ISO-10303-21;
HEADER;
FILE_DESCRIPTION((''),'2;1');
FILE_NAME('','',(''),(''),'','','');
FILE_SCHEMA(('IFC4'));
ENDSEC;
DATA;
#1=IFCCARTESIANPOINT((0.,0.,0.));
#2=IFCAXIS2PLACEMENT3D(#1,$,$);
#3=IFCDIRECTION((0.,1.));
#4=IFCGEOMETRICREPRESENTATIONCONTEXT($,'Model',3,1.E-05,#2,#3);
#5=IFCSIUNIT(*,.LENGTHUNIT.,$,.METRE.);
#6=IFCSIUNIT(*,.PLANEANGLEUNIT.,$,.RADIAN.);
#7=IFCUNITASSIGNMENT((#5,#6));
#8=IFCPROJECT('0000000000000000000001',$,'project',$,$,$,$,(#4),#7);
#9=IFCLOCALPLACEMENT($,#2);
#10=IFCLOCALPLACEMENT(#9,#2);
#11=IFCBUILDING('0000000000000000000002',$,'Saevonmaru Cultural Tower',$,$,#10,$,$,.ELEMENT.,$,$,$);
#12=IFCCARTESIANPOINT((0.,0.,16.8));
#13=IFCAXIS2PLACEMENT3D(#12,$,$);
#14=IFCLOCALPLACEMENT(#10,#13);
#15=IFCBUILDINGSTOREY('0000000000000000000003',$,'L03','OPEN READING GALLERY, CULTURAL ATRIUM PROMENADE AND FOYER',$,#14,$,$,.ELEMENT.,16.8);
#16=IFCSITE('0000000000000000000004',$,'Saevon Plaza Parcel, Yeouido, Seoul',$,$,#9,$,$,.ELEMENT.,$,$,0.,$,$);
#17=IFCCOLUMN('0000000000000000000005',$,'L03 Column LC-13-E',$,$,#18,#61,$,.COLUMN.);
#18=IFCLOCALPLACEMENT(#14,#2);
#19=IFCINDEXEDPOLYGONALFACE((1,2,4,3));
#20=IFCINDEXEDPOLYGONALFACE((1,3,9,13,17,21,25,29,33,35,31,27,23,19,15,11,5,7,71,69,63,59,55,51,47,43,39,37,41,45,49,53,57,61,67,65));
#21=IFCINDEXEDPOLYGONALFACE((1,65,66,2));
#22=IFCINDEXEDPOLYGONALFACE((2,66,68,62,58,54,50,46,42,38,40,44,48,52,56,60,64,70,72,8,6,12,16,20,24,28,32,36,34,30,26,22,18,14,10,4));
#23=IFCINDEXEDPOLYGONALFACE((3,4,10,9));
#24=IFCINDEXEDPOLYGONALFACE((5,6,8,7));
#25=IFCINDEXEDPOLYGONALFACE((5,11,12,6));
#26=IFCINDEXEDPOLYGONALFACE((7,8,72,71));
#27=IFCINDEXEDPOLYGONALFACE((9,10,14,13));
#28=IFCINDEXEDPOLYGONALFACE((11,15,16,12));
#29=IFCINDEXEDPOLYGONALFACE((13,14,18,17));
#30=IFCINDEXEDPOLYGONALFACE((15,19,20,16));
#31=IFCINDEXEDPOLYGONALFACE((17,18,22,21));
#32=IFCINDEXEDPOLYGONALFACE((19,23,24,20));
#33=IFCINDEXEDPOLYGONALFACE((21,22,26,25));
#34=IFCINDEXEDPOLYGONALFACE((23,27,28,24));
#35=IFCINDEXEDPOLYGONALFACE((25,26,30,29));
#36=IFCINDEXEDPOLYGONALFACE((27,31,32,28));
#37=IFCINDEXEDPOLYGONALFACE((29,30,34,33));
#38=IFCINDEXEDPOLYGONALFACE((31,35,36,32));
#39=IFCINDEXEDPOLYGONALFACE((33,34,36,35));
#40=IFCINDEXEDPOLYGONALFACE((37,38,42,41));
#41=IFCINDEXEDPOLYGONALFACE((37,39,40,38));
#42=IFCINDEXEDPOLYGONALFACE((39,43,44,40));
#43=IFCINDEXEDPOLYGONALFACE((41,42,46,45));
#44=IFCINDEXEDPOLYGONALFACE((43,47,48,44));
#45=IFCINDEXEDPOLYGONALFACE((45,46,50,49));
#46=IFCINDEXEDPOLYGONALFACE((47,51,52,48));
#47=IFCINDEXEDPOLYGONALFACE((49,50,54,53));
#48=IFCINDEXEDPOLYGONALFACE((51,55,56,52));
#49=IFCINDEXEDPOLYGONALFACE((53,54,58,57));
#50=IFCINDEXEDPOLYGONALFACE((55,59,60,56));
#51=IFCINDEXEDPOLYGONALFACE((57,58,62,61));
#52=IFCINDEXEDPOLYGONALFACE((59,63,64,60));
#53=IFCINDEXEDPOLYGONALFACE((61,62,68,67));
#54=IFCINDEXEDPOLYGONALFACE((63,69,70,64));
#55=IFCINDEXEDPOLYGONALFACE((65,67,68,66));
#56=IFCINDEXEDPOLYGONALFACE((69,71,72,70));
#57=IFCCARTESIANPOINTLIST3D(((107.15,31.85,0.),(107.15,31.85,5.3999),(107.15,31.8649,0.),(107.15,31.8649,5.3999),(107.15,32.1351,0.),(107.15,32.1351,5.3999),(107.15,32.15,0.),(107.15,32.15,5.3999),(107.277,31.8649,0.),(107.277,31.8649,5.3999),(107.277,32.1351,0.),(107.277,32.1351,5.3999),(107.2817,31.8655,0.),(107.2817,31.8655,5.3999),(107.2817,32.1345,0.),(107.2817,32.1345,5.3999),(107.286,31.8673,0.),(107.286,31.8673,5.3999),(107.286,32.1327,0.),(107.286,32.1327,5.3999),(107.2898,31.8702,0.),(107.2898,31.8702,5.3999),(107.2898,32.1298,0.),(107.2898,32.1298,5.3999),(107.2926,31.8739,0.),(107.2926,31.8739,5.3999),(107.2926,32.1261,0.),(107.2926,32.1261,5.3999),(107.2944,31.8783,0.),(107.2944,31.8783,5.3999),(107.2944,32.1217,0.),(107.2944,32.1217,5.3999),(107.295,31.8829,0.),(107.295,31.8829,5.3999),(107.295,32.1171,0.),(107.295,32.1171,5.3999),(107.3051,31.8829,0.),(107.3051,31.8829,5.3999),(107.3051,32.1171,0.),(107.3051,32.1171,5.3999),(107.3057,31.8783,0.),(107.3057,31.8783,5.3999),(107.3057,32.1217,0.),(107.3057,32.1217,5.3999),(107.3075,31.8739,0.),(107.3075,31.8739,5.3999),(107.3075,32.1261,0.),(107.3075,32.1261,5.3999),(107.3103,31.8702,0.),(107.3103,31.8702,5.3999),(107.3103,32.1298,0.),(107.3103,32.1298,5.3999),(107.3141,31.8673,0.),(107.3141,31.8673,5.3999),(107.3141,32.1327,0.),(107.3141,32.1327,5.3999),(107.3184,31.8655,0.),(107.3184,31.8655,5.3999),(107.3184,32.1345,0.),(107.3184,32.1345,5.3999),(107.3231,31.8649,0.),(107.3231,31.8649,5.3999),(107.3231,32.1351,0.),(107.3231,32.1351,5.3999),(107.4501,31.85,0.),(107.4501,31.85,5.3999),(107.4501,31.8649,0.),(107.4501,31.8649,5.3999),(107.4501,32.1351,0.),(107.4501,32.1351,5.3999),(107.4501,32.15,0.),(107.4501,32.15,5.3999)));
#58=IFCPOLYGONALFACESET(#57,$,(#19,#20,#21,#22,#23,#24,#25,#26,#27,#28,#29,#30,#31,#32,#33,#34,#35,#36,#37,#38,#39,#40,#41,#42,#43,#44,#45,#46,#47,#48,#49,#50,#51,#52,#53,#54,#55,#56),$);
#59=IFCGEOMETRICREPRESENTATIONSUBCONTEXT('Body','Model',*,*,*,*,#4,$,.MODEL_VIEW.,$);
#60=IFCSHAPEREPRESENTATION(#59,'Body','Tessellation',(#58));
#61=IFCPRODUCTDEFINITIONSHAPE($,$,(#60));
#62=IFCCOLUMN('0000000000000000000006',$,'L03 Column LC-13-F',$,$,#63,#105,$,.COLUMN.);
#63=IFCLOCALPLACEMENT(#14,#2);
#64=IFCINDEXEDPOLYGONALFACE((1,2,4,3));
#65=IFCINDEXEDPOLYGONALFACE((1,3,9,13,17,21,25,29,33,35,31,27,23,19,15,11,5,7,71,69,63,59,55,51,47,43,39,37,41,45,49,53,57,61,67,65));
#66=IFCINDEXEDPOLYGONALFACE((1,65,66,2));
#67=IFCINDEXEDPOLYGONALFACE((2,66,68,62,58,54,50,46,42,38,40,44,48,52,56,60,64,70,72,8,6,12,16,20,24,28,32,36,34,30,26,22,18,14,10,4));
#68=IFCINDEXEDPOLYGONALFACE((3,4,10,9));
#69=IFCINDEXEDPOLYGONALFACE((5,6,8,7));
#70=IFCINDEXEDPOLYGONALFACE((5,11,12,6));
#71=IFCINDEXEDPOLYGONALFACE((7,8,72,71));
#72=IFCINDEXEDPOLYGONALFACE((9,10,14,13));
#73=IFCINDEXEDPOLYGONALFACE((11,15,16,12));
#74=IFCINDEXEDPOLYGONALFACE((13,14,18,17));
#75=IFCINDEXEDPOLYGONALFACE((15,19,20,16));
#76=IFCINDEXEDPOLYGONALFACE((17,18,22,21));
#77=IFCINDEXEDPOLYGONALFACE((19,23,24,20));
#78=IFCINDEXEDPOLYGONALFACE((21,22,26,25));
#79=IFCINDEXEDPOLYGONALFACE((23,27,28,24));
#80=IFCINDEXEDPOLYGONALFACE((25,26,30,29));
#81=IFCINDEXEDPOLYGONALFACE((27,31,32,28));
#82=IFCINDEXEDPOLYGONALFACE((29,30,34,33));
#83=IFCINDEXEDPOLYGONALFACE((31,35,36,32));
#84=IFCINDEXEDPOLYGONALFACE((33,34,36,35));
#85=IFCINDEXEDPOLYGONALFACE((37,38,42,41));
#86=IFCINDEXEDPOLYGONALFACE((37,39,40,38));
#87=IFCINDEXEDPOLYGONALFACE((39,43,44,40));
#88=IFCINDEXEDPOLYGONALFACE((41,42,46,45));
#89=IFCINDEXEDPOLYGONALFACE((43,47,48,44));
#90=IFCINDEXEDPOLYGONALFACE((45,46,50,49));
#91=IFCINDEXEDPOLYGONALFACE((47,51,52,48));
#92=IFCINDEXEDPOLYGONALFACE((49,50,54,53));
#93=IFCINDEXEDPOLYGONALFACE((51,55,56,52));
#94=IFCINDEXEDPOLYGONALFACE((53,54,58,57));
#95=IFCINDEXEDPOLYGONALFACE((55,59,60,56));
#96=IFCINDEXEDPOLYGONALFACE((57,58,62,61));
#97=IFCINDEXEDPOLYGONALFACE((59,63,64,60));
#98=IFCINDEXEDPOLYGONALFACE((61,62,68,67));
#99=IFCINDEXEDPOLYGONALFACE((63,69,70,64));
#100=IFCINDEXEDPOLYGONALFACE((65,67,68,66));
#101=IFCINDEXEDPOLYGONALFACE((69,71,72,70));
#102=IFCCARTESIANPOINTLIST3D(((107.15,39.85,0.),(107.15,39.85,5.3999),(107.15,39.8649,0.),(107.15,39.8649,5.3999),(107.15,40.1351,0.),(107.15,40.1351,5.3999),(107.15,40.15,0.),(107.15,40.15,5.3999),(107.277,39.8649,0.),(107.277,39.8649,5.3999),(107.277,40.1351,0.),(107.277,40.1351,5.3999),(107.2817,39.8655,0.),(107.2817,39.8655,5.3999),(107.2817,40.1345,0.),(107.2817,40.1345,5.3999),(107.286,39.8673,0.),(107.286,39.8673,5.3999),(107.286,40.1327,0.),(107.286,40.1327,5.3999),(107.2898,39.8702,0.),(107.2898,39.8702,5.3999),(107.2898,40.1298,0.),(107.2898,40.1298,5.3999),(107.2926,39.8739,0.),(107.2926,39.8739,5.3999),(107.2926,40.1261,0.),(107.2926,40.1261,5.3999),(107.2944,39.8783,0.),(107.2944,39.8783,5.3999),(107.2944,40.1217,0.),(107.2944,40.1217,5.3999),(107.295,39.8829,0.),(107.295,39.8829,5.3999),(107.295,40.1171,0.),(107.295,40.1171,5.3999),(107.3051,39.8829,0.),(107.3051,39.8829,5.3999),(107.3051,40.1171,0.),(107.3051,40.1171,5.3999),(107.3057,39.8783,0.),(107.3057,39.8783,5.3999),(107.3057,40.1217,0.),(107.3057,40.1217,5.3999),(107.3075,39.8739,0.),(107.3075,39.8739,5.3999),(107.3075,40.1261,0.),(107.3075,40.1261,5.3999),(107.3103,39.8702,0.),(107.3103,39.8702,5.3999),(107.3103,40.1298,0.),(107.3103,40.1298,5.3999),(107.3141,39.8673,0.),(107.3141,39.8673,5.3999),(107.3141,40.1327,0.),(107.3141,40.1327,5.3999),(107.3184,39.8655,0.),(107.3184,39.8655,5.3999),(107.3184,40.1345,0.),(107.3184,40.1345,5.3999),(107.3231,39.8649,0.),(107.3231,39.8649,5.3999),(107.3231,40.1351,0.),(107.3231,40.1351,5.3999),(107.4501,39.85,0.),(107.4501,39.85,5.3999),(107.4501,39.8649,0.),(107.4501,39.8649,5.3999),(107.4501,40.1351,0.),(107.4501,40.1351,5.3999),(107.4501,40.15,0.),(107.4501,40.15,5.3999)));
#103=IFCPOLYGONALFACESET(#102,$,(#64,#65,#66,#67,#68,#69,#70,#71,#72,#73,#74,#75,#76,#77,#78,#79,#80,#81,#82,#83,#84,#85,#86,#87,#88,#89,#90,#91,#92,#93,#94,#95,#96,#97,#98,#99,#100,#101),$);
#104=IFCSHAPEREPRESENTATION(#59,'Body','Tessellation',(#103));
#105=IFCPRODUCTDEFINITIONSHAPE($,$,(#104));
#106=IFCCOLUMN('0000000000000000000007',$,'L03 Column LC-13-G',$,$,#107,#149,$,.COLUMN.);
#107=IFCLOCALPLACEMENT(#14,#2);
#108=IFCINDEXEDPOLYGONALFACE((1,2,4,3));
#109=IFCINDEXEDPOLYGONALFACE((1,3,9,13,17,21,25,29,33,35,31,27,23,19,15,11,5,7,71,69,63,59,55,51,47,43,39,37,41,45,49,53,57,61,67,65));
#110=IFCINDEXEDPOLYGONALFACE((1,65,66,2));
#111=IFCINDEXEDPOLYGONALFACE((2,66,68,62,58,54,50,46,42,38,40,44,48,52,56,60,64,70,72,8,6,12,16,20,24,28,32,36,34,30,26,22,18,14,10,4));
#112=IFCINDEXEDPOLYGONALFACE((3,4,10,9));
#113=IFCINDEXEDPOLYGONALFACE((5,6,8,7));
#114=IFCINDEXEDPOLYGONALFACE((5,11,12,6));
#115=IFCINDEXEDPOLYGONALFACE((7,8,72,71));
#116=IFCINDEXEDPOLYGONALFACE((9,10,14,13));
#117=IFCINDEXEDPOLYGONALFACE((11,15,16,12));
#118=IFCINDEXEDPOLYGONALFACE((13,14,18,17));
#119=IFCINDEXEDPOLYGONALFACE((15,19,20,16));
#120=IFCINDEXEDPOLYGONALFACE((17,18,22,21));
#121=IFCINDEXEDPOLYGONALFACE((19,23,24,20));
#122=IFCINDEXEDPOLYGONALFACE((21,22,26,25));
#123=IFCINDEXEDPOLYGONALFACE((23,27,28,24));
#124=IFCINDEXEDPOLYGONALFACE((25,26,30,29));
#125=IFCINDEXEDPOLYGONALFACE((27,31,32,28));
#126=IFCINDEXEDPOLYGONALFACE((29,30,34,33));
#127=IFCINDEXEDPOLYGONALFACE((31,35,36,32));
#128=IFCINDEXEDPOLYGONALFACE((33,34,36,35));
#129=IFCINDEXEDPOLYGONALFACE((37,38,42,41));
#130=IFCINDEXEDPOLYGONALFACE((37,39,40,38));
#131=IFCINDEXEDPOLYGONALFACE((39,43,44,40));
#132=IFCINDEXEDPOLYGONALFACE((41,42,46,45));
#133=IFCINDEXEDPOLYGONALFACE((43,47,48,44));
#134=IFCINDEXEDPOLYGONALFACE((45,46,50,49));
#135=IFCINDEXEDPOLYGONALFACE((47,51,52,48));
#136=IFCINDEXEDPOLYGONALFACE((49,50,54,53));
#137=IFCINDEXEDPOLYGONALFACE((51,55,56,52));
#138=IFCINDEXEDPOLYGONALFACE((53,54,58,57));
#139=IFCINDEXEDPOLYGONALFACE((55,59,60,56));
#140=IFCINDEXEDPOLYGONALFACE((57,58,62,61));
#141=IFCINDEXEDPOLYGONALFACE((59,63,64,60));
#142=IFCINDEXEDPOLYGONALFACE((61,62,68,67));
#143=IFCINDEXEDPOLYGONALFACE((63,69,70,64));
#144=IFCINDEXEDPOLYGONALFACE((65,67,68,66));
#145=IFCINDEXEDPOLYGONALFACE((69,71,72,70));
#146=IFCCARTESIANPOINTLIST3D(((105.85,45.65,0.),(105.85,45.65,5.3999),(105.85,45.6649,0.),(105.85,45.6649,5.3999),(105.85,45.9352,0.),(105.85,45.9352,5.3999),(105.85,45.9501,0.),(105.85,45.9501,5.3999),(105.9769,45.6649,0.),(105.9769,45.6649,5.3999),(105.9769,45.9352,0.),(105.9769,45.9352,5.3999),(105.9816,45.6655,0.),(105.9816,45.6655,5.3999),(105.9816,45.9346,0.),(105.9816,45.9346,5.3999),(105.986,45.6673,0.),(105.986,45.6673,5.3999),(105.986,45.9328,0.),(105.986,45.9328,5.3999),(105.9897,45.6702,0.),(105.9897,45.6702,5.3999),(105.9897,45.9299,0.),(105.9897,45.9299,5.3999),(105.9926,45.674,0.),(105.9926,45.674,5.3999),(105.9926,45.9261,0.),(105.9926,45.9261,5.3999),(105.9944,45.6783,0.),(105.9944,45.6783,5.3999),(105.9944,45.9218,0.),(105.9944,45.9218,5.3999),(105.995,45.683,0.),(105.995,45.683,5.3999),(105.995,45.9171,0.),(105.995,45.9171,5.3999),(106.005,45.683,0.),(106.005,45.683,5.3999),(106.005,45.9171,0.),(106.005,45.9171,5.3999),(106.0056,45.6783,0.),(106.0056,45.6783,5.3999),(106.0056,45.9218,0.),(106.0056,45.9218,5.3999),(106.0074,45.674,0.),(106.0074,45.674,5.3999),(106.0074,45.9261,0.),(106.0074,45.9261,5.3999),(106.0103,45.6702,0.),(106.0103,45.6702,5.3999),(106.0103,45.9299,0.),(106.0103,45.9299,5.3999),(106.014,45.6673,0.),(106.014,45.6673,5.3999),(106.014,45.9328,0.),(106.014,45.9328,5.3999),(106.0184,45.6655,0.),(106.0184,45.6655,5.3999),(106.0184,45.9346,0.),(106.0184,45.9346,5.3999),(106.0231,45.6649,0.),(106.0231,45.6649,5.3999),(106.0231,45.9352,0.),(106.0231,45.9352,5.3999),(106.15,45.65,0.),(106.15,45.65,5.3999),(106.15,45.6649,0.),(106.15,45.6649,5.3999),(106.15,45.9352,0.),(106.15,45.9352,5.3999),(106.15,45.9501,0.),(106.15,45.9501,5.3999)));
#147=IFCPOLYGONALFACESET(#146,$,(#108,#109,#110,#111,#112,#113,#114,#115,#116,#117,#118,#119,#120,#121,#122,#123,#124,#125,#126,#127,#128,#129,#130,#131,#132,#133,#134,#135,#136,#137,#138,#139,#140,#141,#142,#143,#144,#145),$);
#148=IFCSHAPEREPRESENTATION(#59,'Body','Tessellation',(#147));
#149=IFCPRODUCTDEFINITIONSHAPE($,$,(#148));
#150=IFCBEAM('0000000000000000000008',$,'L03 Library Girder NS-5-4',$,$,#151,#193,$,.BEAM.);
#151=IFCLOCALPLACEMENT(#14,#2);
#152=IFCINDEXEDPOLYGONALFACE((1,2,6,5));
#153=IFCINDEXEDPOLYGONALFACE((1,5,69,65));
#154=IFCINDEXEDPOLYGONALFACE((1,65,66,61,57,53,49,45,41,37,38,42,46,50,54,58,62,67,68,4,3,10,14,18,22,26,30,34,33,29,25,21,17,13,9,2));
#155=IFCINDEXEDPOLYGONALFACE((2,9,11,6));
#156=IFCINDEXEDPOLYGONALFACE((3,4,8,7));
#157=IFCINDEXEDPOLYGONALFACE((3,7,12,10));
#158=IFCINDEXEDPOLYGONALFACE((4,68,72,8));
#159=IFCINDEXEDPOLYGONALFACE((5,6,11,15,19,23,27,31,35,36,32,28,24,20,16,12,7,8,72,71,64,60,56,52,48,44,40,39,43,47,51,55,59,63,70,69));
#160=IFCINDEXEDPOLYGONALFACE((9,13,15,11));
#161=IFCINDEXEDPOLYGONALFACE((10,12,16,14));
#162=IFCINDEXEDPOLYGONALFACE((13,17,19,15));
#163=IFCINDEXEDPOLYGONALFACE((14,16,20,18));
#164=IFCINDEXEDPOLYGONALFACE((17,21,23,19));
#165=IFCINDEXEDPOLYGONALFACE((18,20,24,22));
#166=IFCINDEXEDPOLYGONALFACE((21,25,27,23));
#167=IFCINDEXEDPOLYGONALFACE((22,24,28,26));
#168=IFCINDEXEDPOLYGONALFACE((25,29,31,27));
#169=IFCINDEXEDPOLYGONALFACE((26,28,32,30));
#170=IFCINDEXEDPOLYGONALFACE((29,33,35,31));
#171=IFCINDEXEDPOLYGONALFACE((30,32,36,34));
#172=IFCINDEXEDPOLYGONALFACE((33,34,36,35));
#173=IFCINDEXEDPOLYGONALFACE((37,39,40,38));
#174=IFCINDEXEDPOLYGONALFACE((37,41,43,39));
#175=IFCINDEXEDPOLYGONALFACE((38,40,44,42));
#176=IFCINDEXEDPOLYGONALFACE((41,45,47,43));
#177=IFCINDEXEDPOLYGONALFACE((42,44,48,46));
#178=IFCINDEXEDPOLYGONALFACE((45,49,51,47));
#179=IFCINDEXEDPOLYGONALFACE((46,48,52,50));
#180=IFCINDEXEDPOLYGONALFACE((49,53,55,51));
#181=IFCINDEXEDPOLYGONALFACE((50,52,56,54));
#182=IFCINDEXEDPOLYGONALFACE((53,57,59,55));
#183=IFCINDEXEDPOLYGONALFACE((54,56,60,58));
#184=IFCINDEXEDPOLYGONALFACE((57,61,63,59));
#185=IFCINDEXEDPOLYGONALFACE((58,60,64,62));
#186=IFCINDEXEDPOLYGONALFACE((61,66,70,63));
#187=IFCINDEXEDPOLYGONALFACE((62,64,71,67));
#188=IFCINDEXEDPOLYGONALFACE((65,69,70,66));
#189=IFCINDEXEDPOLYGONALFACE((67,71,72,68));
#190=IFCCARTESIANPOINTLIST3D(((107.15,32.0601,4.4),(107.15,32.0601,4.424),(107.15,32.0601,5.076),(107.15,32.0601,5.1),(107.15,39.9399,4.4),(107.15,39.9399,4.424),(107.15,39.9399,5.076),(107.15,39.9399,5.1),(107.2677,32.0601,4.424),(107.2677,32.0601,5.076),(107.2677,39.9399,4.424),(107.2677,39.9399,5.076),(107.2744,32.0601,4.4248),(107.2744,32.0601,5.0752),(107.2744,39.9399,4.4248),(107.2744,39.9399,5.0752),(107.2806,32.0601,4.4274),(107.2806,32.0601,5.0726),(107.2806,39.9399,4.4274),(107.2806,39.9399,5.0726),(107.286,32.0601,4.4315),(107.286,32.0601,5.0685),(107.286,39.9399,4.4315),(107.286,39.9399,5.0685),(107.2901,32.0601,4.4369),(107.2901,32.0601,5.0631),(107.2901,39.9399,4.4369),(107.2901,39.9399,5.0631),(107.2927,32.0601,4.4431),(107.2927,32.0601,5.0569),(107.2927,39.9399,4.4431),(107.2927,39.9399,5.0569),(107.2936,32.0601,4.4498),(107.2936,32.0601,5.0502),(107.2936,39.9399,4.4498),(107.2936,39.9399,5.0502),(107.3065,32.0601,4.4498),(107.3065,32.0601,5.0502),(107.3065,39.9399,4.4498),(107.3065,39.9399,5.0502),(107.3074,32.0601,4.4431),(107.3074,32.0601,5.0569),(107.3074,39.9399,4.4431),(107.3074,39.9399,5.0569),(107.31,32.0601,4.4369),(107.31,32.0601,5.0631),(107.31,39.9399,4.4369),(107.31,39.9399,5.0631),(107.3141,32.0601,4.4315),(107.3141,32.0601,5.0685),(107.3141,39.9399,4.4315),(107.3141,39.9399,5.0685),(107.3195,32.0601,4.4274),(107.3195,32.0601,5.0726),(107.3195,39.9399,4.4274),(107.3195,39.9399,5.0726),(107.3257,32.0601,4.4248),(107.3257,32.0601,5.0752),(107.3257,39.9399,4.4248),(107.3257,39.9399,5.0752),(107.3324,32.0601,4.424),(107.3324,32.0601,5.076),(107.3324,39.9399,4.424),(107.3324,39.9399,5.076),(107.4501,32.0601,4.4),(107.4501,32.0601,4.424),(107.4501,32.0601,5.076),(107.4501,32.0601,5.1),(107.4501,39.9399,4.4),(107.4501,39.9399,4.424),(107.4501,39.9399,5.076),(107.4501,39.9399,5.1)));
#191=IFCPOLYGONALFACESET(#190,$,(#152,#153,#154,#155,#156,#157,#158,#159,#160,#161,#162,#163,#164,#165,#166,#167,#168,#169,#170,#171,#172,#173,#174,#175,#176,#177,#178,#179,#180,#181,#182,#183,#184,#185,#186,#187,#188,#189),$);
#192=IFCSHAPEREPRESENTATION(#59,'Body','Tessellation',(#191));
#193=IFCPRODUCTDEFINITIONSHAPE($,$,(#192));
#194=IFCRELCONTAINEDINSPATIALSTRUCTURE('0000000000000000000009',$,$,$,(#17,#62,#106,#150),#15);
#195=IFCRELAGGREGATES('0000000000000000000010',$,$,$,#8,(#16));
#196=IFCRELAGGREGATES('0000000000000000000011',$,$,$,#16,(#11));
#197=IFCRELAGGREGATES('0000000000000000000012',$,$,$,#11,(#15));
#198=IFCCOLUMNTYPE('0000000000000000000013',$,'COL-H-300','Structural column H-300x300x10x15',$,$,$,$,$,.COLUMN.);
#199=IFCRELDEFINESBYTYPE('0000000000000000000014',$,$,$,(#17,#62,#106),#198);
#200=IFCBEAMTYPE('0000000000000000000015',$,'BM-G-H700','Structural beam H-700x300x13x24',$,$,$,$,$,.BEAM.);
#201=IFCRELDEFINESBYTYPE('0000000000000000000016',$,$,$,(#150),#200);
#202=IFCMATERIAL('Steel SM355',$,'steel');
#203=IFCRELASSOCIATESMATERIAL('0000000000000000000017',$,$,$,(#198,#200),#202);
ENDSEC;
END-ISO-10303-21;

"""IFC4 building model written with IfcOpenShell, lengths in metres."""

from ifc_helpers import new_model, si_unit, direction, frame, origin, origin_2d, place, context, subcontext, project, spatial, i_section, extrude, material, material_profile, profile_set, type_object, element, save


model = new_model("IFC4")

# Units and contexts
model_context = context("Model", 3, precision=1e-05, world=origin(), true_north=direction((0.0, 1.0)))
body_context = subcontext(model_context, "Body", "Model", "MODEL_VIEW")
ifc_project = project(units=[si_unit("LENGTHUNIT", "METRE"), si_unit("PLANEANGLEUNIT", "RADIAN")], contexts=[model_context])

# Site, building, storey
site_placement = place(None, origin())
site = spatial("IfcSite", under=ifc_project, at=site_placement, Name="Saevon Plaza Parcel, Yeouido, Seoul", CompositionType="ELEMENT", RefElevation=0.0)
building_placement = place(site_placement, origin())
building = spatial("IfcBuilding", under=site, at=building_placement, Name="Saevonmaru Cultural Tower", CompositionType="ELEMENT")
storey_placement = place(building_placement, frame((0.0, 0.0, 16.8)))
storey = spatial("IfcBuildingStorey", under=building, at=storey_placement, Name="L03", Description="OPEN READING GALLERY, CULTURAL ATRIUM PROMENADE AND FOYER", CompositionType="ELEMENT", Elevation=16.8)

# Columns
ifc_material_1 = material(Name="Steel SM355", Category="steel")
ifc_material_profile_1 = material_profile(ifc_material_1, i_section(OverallWidth=0.3, OverallDepth=0.3, WebThickness=0.01, FlangeThickness=0.0149, FilletRadius=0.0181, at=origin_2d()), Name="H-300x300x10x15")
ifc_profile_set_1 = profile_set([ifc_material_profile_1], Name="Steel SM355")
column_type = type_object("IfcColumnType", Name="COL-H-300", Description="Structural column H-300x300x10x15", PredefinedType="COLUMN", material=ifc_profile_set_1)
for number, where, z_axis, x_axis, name in (
    (1, (107.3, 32.0, 0.0), (0.0, 0.0, 1.0), (1.0, 0.0, 0.0), "L03 Column LC-13-E"),
    (2, (107.3, 40.0, 0.0), (0.0, 0.0, 1.0), (1.0, 0.0, 0.0), "L03 Column LC-13-F"),
    (3, (106.0, 45.8, 0.0), (0.0, 0.0, 1.0), (1.0, 0.0, 0.0), "L03 Column LC-13-G"),
):
    element("IfcColumn", number, at=place(storey_placement, frame(where, z_axis=z_axis, x_axis=x_axis)), inside=storey, type_object=column_type, Name=name, PredefinedType="COLUMN", context=body_context, shape_type="SweptSolid", body=[
        extrude(i_section(OverallWidth=0.3, OverallDepth=0.3, WebThickness=0.01, FlangeThickness=0.0149, FilletRadius=0.0181, at=origin_2d()), origin(), (0.0, 0.0, 1.0), 5.3999),
    ])

# Beam
ifc_material_profile_2 = material_profile(ifc_material_1, i_section(OverallWidth=0.3, OverallDepth=0.7, WebThickness=0.0129, FlangeThickness=0.0239, FilletRadius=0.0259, at=origin_2d()), Name="H-700x300x13x24")
ifc_profile_set_2 = profile_set([ifc_material_profile_2], Name="Steel SM355")
beam_type = type_object("IfcBeamType", Name="BM-G-H700", Description="Structural beam H-700x300x13x24", PredefinedType="BEAM", material=ifc_profile_set_2)
beam_1_placement = place(storey_placement, frame((107.3, 32.0601, 4.75), z_axis=(0.0, 1.0, 0.0), x_axis=(-1.0, 0.0, 0.0)))
element("IfcBeam", 4, at=beam_1_placement, inside=storey, type_object=beam_type, Name="L03 Library Girder NS-5-4", PredefinedType="BEAM", context=body_context, shape_type="SweptSolid", body=[
    extrude(i_section(OverallWidth=0.3, OverallDepth=0.7, WebThickness=0.0129, FlangeThickness=0.0239, FilletRadius=0.0259, at=origin_2d()), origin(), (0.0, 0.0, 1.0), 7.8799),
])

save(model, "model.ifc")
